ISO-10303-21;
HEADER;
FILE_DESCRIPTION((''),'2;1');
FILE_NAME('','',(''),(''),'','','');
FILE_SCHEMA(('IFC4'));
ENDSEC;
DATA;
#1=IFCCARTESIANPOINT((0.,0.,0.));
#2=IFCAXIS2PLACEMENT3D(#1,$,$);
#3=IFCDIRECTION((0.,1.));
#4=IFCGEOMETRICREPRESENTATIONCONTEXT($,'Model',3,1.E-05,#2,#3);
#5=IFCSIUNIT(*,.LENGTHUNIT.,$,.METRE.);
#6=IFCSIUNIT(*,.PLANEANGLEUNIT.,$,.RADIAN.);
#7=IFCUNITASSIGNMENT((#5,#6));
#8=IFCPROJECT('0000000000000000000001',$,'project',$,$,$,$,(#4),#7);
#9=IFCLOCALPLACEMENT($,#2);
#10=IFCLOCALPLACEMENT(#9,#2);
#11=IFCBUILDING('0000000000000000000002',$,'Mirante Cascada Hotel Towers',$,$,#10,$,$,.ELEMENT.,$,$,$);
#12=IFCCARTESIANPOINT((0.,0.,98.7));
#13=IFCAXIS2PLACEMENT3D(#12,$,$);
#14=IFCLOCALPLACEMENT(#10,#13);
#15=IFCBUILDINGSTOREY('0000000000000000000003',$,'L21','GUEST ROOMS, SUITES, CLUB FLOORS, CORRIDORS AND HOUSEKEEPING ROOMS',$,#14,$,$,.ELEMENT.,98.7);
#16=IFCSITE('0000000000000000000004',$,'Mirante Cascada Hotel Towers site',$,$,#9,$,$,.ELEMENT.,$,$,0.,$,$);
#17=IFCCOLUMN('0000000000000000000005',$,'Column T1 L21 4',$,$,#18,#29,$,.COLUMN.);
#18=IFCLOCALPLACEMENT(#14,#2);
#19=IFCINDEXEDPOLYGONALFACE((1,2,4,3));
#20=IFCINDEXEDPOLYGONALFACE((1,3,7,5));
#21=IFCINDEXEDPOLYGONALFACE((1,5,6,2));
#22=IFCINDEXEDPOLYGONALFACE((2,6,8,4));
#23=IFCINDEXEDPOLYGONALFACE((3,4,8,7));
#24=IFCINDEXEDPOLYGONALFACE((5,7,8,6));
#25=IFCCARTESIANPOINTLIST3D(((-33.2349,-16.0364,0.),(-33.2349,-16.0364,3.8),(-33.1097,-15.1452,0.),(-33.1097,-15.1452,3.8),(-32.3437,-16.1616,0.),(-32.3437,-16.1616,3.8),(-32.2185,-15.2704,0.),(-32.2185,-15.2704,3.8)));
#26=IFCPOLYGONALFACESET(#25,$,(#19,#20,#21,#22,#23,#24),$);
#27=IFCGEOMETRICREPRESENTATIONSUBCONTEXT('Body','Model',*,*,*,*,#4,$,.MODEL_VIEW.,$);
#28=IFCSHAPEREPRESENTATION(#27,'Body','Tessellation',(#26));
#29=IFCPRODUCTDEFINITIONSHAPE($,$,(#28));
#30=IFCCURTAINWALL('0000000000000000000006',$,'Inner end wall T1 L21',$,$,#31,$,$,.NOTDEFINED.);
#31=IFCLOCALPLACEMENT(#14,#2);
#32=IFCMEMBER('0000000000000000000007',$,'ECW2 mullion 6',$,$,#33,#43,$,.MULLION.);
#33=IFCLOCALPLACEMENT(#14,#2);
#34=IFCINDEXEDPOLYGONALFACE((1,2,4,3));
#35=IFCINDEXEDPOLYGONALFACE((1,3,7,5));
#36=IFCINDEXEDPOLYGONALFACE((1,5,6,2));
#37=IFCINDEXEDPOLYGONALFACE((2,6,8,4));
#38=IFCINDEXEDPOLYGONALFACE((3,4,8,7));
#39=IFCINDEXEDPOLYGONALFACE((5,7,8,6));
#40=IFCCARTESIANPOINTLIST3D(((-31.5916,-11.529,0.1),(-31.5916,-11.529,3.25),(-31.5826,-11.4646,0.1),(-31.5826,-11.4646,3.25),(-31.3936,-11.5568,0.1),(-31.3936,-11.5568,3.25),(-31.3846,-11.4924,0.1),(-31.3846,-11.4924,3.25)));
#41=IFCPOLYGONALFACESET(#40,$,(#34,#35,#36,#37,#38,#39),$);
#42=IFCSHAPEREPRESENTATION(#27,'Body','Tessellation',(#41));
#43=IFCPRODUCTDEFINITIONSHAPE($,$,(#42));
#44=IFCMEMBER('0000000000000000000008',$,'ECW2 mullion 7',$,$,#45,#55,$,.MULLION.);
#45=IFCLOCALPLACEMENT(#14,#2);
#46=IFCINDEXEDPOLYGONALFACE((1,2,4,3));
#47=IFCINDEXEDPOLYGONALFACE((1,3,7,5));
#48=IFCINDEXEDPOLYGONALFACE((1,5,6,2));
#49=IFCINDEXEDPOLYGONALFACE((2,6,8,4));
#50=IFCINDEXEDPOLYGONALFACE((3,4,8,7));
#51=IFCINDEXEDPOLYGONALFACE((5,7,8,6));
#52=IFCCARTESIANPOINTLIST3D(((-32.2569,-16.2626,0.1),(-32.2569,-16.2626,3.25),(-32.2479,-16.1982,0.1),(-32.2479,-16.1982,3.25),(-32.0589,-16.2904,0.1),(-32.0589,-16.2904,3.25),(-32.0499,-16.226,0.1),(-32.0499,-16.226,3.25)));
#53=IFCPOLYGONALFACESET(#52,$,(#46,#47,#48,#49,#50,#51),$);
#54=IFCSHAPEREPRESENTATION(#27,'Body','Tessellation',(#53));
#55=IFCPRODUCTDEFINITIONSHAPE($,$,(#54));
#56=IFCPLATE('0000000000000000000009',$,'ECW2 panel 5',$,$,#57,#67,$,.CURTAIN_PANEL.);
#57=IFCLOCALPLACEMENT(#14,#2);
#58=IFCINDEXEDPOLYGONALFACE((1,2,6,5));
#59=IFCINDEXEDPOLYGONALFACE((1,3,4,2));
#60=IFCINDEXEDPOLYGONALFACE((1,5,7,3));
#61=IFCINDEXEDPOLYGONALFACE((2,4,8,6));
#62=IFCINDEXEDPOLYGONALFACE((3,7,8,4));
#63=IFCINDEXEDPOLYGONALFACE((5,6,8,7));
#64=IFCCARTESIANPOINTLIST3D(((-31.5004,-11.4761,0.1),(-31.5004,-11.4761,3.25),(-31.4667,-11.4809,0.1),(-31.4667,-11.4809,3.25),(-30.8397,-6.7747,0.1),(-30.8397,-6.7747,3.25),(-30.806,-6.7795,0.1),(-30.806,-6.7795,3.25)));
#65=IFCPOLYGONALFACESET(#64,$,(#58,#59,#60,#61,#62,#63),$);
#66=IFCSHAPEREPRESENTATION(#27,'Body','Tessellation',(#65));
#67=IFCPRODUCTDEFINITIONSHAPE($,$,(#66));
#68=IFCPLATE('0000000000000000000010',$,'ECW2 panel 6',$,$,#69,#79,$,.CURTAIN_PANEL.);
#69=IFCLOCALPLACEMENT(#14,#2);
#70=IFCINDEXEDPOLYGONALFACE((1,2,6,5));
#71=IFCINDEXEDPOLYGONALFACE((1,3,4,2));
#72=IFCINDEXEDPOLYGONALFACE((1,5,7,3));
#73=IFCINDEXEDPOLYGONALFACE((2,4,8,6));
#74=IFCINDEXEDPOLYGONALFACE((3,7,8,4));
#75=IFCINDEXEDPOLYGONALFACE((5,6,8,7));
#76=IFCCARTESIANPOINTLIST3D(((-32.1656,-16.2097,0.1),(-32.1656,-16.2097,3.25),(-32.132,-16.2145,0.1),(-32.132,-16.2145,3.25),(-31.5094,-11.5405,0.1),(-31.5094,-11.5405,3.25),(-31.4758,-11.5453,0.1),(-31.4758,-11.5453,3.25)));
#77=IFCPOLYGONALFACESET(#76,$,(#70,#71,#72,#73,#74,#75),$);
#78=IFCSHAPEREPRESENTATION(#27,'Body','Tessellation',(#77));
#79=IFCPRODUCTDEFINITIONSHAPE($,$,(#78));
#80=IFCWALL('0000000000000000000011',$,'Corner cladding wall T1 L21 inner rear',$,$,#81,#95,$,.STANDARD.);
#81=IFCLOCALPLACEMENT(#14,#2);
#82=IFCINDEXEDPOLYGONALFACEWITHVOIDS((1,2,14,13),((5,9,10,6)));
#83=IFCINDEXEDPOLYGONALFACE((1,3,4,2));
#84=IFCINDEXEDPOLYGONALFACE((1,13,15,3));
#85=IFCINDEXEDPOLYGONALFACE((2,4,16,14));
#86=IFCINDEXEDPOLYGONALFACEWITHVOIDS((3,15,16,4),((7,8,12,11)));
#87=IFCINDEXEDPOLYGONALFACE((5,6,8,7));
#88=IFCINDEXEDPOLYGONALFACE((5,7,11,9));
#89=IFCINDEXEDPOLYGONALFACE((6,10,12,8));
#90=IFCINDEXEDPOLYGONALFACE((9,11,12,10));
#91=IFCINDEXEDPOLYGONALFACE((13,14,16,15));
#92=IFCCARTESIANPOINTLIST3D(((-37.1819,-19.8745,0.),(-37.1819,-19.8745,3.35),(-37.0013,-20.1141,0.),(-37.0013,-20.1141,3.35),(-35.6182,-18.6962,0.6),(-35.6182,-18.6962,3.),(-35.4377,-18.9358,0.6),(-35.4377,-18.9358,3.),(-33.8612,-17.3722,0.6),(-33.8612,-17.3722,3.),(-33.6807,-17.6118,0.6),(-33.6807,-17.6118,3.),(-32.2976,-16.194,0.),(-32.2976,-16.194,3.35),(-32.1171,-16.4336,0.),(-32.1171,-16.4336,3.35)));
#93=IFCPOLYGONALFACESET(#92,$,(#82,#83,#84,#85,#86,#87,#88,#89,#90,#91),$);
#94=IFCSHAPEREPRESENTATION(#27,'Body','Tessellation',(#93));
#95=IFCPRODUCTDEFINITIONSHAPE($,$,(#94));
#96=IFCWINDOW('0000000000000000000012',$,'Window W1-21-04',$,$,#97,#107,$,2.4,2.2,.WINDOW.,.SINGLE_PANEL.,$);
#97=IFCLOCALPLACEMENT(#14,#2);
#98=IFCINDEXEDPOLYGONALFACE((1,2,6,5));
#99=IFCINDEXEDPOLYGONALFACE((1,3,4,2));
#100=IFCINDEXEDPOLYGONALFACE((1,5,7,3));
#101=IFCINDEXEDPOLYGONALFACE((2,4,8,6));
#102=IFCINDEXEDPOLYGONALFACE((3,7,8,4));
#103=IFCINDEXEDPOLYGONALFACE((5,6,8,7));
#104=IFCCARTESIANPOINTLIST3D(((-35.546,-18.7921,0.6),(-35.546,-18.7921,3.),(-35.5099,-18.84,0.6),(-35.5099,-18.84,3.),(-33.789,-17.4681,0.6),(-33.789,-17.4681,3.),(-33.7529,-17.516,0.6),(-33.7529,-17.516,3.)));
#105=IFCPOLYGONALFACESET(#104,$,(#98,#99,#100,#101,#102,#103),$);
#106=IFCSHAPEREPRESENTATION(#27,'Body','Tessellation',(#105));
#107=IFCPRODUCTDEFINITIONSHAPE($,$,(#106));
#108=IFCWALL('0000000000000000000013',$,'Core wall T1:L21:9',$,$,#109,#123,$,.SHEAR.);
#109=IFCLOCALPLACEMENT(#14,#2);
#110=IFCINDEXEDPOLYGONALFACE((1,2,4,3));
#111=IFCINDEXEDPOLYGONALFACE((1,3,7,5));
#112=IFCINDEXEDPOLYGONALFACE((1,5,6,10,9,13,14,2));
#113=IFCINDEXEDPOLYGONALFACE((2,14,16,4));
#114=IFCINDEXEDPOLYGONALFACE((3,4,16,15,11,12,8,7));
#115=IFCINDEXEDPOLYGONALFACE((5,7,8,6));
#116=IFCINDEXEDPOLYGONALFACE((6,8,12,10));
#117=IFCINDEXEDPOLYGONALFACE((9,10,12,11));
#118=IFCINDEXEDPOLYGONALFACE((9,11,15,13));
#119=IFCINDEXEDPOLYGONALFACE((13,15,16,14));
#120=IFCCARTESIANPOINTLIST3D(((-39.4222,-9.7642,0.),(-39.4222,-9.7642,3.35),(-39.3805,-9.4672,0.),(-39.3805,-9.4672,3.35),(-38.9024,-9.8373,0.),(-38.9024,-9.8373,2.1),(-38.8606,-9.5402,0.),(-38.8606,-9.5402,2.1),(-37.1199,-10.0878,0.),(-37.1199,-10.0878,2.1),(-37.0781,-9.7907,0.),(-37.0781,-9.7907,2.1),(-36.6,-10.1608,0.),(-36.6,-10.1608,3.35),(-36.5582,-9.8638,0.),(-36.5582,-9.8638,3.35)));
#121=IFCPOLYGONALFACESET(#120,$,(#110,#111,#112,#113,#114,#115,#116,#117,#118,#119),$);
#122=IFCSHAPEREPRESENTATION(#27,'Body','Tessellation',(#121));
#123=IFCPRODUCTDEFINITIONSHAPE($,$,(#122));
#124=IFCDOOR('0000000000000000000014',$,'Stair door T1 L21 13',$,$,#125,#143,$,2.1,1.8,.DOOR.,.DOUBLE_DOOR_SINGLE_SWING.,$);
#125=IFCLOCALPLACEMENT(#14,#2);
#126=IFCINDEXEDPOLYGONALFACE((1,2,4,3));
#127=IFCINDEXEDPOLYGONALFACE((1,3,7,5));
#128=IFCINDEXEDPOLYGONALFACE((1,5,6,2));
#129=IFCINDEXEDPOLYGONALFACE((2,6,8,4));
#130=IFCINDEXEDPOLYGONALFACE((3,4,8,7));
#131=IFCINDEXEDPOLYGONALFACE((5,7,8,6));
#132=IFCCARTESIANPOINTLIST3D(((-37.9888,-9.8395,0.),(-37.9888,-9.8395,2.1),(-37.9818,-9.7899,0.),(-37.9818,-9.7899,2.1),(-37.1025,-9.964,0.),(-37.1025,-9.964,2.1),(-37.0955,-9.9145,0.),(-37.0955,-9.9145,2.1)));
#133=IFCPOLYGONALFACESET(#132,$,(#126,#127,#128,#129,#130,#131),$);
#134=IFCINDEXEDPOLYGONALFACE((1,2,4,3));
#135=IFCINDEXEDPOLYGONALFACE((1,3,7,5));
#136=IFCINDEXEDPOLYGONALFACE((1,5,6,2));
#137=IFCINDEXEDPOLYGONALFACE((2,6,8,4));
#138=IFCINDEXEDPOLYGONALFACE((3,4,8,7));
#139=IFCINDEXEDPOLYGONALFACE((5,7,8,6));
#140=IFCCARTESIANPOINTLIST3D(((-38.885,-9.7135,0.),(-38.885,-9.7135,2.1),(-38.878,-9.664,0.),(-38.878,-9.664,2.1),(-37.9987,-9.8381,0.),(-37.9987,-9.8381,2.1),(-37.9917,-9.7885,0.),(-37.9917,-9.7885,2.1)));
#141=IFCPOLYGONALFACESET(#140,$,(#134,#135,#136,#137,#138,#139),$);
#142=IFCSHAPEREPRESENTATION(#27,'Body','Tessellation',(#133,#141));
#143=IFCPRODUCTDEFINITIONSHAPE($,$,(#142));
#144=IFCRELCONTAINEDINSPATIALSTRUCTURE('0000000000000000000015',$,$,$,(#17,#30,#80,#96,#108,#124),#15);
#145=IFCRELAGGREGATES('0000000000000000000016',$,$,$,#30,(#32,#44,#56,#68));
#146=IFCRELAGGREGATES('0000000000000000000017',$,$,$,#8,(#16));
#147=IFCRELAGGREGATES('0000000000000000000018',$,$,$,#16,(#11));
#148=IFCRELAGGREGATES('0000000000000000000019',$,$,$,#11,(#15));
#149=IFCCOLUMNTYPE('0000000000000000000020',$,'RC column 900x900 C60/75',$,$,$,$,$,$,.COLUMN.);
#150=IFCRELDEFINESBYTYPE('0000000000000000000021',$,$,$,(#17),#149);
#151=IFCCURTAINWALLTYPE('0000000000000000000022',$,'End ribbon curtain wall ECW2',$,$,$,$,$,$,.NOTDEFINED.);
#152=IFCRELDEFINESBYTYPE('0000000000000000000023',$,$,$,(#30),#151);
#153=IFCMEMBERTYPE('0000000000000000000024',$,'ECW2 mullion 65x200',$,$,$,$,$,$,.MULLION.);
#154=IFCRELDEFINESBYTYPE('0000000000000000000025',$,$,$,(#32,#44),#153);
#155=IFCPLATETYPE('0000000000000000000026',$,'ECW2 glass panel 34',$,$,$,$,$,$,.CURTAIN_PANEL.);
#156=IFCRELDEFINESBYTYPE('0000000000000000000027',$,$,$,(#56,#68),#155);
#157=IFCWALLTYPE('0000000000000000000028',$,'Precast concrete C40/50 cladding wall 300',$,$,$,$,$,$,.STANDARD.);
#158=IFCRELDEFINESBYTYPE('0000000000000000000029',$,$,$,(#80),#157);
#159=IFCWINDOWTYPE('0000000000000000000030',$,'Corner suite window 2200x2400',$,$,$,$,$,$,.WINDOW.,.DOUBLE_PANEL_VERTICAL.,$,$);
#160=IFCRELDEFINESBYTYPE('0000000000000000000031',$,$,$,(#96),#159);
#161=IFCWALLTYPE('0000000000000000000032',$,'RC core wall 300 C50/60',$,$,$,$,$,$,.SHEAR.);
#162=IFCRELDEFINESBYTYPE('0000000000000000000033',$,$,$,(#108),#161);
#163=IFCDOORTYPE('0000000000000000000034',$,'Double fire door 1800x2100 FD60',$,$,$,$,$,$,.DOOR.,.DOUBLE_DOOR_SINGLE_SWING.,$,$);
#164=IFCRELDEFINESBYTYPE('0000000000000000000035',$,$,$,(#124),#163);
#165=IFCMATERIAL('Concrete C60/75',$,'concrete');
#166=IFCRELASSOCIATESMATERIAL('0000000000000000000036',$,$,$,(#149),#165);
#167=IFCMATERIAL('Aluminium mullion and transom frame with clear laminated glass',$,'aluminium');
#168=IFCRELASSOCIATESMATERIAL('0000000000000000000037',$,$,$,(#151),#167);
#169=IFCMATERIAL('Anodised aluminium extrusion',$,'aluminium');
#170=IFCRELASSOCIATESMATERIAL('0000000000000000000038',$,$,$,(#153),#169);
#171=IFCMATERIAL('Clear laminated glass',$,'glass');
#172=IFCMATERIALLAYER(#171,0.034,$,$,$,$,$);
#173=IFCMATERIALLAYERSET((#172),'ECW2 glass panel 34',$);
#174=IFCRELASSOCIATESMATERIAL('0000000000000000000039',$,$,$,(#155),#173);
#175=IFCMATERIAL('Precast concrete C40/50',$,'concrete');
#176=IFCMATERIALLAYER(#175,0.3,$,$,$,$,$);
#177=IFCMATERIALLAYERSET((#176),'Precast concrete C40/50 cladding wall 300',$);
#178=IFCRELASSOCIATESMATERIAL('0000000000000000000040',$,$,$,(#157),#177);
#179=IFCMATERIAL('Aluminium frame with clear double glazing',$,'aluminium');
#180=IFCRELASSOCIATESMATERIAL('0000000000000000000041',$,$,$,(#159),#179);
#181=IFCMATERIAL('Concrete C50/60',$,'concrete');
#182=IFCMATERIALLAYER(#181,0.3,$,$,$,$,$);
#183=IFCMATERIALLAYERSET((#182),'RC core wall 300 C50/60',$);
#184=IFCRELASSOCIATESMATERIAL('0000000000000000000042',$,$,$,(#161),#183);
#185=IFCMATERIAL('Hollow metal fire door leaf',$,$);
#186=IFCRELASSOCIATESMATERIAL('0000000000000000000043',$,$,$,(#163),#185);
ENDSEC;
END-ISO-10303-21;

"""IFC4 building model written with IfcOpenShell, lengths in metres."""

from ifc_helpers import new_model, si_unit, direction, frame, frame_2d, origin, origin_2d, place, context, subcontext, project, spatial, rectangle, extrude, material, layer, layer_set, material_profile, profile_set, type_object, element, fill, aggregate, save


model = new_model("IFC4")

# Units and contexts
model_context = context("Model", 3, precision=1e-05, world=origin(), true_north=direction((0.0, 1.0)))
body_context = subcontext(model_context, "Body", "Model", "MODEL_VIEW")
ifc_project = project(units=[si_unit("LENGTHUNIT", "METRE"), si_unit("PLANEANGLEUNIT", "RADIAN")], contexts=[model_context])

# Site, building, storey
site_placement = place(None, origin())
site = spatial("IfcSite", under=ifc_project, at=site_placement, Name="Mirante Cascada Hotel Towers site", CompositionType="ELEMENT", RefElevation=0.0)
building_placement = place(site_placement, origin())
building = spatial("IfcBuilding", under=site, at=building_placement, Name="Mirante Cascada Hotel Towers", CompositionType="ELEMENT")
storey_placement = place(building_placement, frame((0.0, 0.0, 98.7)))
storey = spatial("IfcBuildingStorey", under=building, at=storey_placement, Name="L21", Description="GUEST ROOMS, SUITES, CLUB FLOORS, CORRIDORS AND HOUSEKEEPING ROOMS", CompositionType="ELEMENT", Elevation=98.7)

# Column
ifc_material_1 = material(Name="Concrete C60/75", Category="concrete")
ifc_material_profile_1 = material_profile(ifc_material_1, rectangle(XDim=0.9, YDim=0.9, at=origin_2d()), Name="RC column 900x900 C60/75")
ifc_profile_set_1 = profile_set([ifc_material_profile_1], Name="Concrete C60/75")
column_type = type_object("IfcColumnType", Name="RC column 900x900 C60/75", PredefinedType="COLUMN", material=ifc_profile_set_1)
column_placement = place(storey_placement, frame((-32.7267, -15.6534, 0.0), z_axis=(0.0, 0.0, 1.0), x_axis=(-0.990268, 0.139173, 0.0)))
element("IfcColumn", 1, at=column_placement, inside=storey, type_object=column_type, Name="Column T1 L21 4", PredefinedType="COLUMN", context=body_context, shape_type="SweptSolid", body=[
    extrude(rectangle(XDim=0.9, YDim=0.9, at=origin_2d()), origin(), (0.0, 0.0, 1.0), 3.8),
])

# Curtain wall, members, plates
ifc_material_2 = material(Name="Aluminium mullion and transom frame with clear laminated glass", Category="aluminium")
curtain_wall_type = type_object("IfcCurtainWallType", Name="End ribbon curtain wall ECW2", PredefinedType="NOTDEFINED", material=ifc_material_2)
curtain_wall_placement = place(storey_placement, origin())
curtain_wall = element("IfcCurtainWall", 2, at=curtain_wall_placement, inside=storey, type_object=curtain_wall_type, Name="Inner end wall T1 L21", PredefinedType="NOTDEFINED")
ifc_material_3 = material(Name="Anodised aluminium extrusion", Category="aluminium")
ifc_material_profile_2 = material_profile(ifc_material_3, rectangle(XDim=0.2, YDim=0.065, at=origin_2d()), Name="ECW2 MULLION 65x200")
ifc_profile_set_2 = profile_set([ifc_material_profile_2], Name="Anodised aluminium extrusion")
member_type = type_object("IfcMemberType", Name="ECW2 mullion 65x200", PredefinedType="MULLION", material=ifc_profile_set_2)
member_1_placement = place(storey_placement, frame((-31.4881, -11.5107, 0.1), z_axis=(0.0, 0.0, 1.0), x_axis=(0.990268, -0.139173, 0.0)))
member_1 = element("IfcMember", 3, at=member_1_placement, type_object=member_type, Name="ECW2 mullion 6", PredefinedType="MULLION", context=body_context, shape_type="SweptSolid", body=[
    extrude(rectangle(XDim=0.2, YDim=0.065, at=origin_2d()), origin(), (0.0, 0.0, 1.0), 3.15),
])
member_2_placement = place(storey_placement, frame((-32.1534, -16.2443, 0.1), z_axis=(0.0, 0.0, 1.0), x_axis=(0.990268, -0.139173, 0.0)))
member_2 = element("IfcMember", 4, at=member_2_placement, type_object=member_type, Name="ECW2 mullion 7", PredefinedType="MULLION", context=body_context, shape_type="SweptSolid", body=[
    extrude(rectangle(XDim=0.2, YDim=0.065, at=origin_2d()), origin(), (0.0, 0.0, 1.0), 3.15),
])
ifc_material_4 = material(Name="Clear laminated glass", Category="glass")
ifc_layer_1 = layer(ifc_material_4, 0.034)
ifc_layer_set_1 = layer_set([ifc_layer_1], Name="ECW2 glass panel 34")
plate_type = type_object("IfcPlateType", Name="ECW2 glass panel 34", PredefinedType="CURTAIN_PANEL", material=ifc_layer_set_1)
plate_1_placement = place(storey_placement, frame((-31.1532, -9.1278, 0.1), z_axis=(0.0, 0.0, 1.0), x_axis=(-0.139173, -0.990268, 0.0)))
plate_1 = element("IfcPlate", 5, at=plate_1_placement, type_object=plate_type, Name="ECW2 panel 5", PredefinedType="CURTAIN_PANEL", context=body_context, shape_type="SweptSolid", body=[
    extrude(rectangle(XDim=4.7476, YDim=0.034, at=origin_2d()), origin(), (0.0, 0.0, 1.0), 3.15),
])
plate_2_placement = place(storey_placement, frame((-31.8207, -13.8775, 0.1), z_axis=(0.0, 0.0, 1.0), x_axis=(-0.139173, -0.990268, 0.0)))
plate_2 = element("IfcPlate", 6, at=plate_2_placement, type_object=plate_type, Name="ECW2 panel 6", PredefinedType="CURTAIN_PANEL", context=body_context, shape_type="SweptSolid", body=[
    extrude(rectangle(XDim=4.7151, YDim=0.034, at=origin_2d()), origin(), (0.0, 0.0, 1.0), 3.15),
])
aggregate(curtain_wall, [member_1, member_2, plate_1, plate_2])

# Wall, opening, window
ifc_material_5 = material(Name="Precast concrete C40/50", Category="concrete")
ifc_layer_2 = layer(ifc_material_5, 0.3)
ifc_layer_set_2 = layer_set([ifc_layer_2], Name="Precast concrete C40/50 cladding wall 300")
wall_type_1 = type_object("IfcWallType", Name="Precast concrete C40/50 cladding wall 300", PredefinedType="STANDARD", material=ifc_layer_set_2)
wall_1_placement = place(storey_placement, frame((-32.2074, -16.3138, 0.0), z_axis=(0.0, 0.0, 1.0), x_axis=(-0.798636, -0.601814, 0.0)))
wall_1 = element("IfcWall", 7, at=wall_1_placement, inside=storey, type_object=wall_type_1, Name="Corner cladding wall T1 L21 inner rear", PredefinedType="STANDARD", context=body_context, shape_type="SweptSolid", body=[
    extrude(rectangle(XDim=6.1157, YDim=0.3, at=frame_2d((3.0578, 0.0))), origin(), (0.0, 0.0, 1.0), 3.35),
])
opening_1_placement = place(wall_1_placement, frame((1.9578, 0.0, 0.6)))
opening_1 = element("IfcOpeningElement", 8, at=opening_1_placement, cuts=wall_1, PredefinedType="OPENING", context=body_context, shape_type="SweptSolid", body=[
    extrude(rectangle(XDim=2.2, YDim=2.4, at=frame_2d((1.1, 1.2))), frame((0.0, 0.15, 0.0), z_axis=(0.0, -1.0, 0.0), x_axis=(1.0, 0.0, 0.0)), (0.0, 0.0, 1.0), 0.3),
])
ifc_material_6 = material(Name="Aluminium frame with clear double glazing", Category="aluminium")
window_type = type_object("IfcWindowType", Name="Corner suite window 2200x2400", PartitioningType="DOUBLE_PANEL_VERTICAL", PredefinedType="WINDOW", material=ifc_material_6)
window_placement = place(opening_1_placement, origin())
window = element("IfcWindow", 9, at=window_placement, inside=storey, type_object=window_type, Name="Window W1-21-04", OverallHeight=2.4, OverallWidth=2.2, PartitioningType="SINGLE_PANEL", PredefinedType="WINDOW", context=body_context, shape_type="SweptSolid", body=[
    extrude(rectangle(XDim=2.2, YDim=2.4, at=frame_2d((1.1, 1.2))), frame((0.0, 0.03, 0.0), z_axis=(0.0, -1.0, 0.0), x_axis=(1.0, 0.0, 0.0)), (0.0, 0.0, 1.0), 0.06),
])
fill(opening_1, window)

# Wall, opening, door
ifc_material_7 = material(Name="Concrete C50/60", Category="concrete")
ifc_layer_3 = layer(ifc_material_7, 0.3)
ifc_layer_set_3 = layer_set([ifc_layer_3], Name="RC core wall 300 C50/60")
wall_type_2 = type_object("IfcWallType", Name="RC core wall 300 C50/60", PredefinedType="SHEAR", material=ifc_layer_set_3)
wall_2_placement = place(storey_placement, frame((-36.5791, -10.0123, 0.0), z_axis=(0.0, 0.0, 1.0), x_axis=(-0.99027, 0.139156, 0.0)))
wall_2 = element("IfcWall", 10, at=wall_2_placement, inside=storey, type_object=wall_type_2, Name="Core wall T1:L21:9", PredefinedType="SHEAR", context=body_context, shape_type="SweptSolid", body=[
    extrude(rectangle(XDim=2.85, YDim=0.3, at=frame_2d((1.425, 0.0))), origin(), (0.0, 0.0, 1.0), 3.35),
])
opening_2_placement = place(wall_2_placement, frame((0.525, 0.0, 0.0)))
opening_2 = element("IfcOpeningElement", 11, at=opening_2_placement, cuts=wall_2, PredefinedType="OPENING", context=body_context, shape_type="SweptSolid", body=[
    extrude(rectangle(XDim=1.8, YDim=2.1, at=frame_2d((0.9, 1.05))), frame((0.0, 0.15, 0.0), z_axis=(0.0, -1.0, 0.0), x_axis=(1.0, 0.0, 0.0)), (0.0, 0.0, 1.0), 0.3),
])
ifc_material_8 = material(Name="Hollow metal fire door leaf")
door_type = type_object("IfcDoorType", Name="Double fire door 1800x2100 FD60", OperationType="DOUBLE_DOOR_SINGLE_SWING", PredefinedType="DOOR", material=ifc_material_8)
door_placement = place(opening_2_placement, origin())
door = element("IfcDoor", 12, at=door_placement, inside=storey, type_object=door_type, Name="Stair door T1 L21 13", OperationType="DOUBLE_DOOR_SINGLE_SWING", OverallHeight=2.1, OverallWidth=1.8, PredefinedType="DOOR", context=body_context, shape_type="SweptSolid", body=[
    extrude(rectangle(XDim=0.895, YDim=2.1, at=frame_2d((0.4475, 1.05))), frame((0.0, 0.025, 0.0), z_axis=(0.0, -1.0, 0.0), x_axis=(1.0, 0.0, 0.0)), (0.0, 0.0, 1.0), 0.05),
    extrude(rectangle(XDim=0.895, YDim=2.1, at=frame_2d((1.3525, 1.05))), frame((0.0, 0.025, 0.0), z_axis=(0.0, -1.0, 0.0), x_axis=(1.0, 0.0, 0.0)), (0.0, 0.0, 1.0), 0.05),
])
fill(opening_2, door)

save(model, "model.ifc")
